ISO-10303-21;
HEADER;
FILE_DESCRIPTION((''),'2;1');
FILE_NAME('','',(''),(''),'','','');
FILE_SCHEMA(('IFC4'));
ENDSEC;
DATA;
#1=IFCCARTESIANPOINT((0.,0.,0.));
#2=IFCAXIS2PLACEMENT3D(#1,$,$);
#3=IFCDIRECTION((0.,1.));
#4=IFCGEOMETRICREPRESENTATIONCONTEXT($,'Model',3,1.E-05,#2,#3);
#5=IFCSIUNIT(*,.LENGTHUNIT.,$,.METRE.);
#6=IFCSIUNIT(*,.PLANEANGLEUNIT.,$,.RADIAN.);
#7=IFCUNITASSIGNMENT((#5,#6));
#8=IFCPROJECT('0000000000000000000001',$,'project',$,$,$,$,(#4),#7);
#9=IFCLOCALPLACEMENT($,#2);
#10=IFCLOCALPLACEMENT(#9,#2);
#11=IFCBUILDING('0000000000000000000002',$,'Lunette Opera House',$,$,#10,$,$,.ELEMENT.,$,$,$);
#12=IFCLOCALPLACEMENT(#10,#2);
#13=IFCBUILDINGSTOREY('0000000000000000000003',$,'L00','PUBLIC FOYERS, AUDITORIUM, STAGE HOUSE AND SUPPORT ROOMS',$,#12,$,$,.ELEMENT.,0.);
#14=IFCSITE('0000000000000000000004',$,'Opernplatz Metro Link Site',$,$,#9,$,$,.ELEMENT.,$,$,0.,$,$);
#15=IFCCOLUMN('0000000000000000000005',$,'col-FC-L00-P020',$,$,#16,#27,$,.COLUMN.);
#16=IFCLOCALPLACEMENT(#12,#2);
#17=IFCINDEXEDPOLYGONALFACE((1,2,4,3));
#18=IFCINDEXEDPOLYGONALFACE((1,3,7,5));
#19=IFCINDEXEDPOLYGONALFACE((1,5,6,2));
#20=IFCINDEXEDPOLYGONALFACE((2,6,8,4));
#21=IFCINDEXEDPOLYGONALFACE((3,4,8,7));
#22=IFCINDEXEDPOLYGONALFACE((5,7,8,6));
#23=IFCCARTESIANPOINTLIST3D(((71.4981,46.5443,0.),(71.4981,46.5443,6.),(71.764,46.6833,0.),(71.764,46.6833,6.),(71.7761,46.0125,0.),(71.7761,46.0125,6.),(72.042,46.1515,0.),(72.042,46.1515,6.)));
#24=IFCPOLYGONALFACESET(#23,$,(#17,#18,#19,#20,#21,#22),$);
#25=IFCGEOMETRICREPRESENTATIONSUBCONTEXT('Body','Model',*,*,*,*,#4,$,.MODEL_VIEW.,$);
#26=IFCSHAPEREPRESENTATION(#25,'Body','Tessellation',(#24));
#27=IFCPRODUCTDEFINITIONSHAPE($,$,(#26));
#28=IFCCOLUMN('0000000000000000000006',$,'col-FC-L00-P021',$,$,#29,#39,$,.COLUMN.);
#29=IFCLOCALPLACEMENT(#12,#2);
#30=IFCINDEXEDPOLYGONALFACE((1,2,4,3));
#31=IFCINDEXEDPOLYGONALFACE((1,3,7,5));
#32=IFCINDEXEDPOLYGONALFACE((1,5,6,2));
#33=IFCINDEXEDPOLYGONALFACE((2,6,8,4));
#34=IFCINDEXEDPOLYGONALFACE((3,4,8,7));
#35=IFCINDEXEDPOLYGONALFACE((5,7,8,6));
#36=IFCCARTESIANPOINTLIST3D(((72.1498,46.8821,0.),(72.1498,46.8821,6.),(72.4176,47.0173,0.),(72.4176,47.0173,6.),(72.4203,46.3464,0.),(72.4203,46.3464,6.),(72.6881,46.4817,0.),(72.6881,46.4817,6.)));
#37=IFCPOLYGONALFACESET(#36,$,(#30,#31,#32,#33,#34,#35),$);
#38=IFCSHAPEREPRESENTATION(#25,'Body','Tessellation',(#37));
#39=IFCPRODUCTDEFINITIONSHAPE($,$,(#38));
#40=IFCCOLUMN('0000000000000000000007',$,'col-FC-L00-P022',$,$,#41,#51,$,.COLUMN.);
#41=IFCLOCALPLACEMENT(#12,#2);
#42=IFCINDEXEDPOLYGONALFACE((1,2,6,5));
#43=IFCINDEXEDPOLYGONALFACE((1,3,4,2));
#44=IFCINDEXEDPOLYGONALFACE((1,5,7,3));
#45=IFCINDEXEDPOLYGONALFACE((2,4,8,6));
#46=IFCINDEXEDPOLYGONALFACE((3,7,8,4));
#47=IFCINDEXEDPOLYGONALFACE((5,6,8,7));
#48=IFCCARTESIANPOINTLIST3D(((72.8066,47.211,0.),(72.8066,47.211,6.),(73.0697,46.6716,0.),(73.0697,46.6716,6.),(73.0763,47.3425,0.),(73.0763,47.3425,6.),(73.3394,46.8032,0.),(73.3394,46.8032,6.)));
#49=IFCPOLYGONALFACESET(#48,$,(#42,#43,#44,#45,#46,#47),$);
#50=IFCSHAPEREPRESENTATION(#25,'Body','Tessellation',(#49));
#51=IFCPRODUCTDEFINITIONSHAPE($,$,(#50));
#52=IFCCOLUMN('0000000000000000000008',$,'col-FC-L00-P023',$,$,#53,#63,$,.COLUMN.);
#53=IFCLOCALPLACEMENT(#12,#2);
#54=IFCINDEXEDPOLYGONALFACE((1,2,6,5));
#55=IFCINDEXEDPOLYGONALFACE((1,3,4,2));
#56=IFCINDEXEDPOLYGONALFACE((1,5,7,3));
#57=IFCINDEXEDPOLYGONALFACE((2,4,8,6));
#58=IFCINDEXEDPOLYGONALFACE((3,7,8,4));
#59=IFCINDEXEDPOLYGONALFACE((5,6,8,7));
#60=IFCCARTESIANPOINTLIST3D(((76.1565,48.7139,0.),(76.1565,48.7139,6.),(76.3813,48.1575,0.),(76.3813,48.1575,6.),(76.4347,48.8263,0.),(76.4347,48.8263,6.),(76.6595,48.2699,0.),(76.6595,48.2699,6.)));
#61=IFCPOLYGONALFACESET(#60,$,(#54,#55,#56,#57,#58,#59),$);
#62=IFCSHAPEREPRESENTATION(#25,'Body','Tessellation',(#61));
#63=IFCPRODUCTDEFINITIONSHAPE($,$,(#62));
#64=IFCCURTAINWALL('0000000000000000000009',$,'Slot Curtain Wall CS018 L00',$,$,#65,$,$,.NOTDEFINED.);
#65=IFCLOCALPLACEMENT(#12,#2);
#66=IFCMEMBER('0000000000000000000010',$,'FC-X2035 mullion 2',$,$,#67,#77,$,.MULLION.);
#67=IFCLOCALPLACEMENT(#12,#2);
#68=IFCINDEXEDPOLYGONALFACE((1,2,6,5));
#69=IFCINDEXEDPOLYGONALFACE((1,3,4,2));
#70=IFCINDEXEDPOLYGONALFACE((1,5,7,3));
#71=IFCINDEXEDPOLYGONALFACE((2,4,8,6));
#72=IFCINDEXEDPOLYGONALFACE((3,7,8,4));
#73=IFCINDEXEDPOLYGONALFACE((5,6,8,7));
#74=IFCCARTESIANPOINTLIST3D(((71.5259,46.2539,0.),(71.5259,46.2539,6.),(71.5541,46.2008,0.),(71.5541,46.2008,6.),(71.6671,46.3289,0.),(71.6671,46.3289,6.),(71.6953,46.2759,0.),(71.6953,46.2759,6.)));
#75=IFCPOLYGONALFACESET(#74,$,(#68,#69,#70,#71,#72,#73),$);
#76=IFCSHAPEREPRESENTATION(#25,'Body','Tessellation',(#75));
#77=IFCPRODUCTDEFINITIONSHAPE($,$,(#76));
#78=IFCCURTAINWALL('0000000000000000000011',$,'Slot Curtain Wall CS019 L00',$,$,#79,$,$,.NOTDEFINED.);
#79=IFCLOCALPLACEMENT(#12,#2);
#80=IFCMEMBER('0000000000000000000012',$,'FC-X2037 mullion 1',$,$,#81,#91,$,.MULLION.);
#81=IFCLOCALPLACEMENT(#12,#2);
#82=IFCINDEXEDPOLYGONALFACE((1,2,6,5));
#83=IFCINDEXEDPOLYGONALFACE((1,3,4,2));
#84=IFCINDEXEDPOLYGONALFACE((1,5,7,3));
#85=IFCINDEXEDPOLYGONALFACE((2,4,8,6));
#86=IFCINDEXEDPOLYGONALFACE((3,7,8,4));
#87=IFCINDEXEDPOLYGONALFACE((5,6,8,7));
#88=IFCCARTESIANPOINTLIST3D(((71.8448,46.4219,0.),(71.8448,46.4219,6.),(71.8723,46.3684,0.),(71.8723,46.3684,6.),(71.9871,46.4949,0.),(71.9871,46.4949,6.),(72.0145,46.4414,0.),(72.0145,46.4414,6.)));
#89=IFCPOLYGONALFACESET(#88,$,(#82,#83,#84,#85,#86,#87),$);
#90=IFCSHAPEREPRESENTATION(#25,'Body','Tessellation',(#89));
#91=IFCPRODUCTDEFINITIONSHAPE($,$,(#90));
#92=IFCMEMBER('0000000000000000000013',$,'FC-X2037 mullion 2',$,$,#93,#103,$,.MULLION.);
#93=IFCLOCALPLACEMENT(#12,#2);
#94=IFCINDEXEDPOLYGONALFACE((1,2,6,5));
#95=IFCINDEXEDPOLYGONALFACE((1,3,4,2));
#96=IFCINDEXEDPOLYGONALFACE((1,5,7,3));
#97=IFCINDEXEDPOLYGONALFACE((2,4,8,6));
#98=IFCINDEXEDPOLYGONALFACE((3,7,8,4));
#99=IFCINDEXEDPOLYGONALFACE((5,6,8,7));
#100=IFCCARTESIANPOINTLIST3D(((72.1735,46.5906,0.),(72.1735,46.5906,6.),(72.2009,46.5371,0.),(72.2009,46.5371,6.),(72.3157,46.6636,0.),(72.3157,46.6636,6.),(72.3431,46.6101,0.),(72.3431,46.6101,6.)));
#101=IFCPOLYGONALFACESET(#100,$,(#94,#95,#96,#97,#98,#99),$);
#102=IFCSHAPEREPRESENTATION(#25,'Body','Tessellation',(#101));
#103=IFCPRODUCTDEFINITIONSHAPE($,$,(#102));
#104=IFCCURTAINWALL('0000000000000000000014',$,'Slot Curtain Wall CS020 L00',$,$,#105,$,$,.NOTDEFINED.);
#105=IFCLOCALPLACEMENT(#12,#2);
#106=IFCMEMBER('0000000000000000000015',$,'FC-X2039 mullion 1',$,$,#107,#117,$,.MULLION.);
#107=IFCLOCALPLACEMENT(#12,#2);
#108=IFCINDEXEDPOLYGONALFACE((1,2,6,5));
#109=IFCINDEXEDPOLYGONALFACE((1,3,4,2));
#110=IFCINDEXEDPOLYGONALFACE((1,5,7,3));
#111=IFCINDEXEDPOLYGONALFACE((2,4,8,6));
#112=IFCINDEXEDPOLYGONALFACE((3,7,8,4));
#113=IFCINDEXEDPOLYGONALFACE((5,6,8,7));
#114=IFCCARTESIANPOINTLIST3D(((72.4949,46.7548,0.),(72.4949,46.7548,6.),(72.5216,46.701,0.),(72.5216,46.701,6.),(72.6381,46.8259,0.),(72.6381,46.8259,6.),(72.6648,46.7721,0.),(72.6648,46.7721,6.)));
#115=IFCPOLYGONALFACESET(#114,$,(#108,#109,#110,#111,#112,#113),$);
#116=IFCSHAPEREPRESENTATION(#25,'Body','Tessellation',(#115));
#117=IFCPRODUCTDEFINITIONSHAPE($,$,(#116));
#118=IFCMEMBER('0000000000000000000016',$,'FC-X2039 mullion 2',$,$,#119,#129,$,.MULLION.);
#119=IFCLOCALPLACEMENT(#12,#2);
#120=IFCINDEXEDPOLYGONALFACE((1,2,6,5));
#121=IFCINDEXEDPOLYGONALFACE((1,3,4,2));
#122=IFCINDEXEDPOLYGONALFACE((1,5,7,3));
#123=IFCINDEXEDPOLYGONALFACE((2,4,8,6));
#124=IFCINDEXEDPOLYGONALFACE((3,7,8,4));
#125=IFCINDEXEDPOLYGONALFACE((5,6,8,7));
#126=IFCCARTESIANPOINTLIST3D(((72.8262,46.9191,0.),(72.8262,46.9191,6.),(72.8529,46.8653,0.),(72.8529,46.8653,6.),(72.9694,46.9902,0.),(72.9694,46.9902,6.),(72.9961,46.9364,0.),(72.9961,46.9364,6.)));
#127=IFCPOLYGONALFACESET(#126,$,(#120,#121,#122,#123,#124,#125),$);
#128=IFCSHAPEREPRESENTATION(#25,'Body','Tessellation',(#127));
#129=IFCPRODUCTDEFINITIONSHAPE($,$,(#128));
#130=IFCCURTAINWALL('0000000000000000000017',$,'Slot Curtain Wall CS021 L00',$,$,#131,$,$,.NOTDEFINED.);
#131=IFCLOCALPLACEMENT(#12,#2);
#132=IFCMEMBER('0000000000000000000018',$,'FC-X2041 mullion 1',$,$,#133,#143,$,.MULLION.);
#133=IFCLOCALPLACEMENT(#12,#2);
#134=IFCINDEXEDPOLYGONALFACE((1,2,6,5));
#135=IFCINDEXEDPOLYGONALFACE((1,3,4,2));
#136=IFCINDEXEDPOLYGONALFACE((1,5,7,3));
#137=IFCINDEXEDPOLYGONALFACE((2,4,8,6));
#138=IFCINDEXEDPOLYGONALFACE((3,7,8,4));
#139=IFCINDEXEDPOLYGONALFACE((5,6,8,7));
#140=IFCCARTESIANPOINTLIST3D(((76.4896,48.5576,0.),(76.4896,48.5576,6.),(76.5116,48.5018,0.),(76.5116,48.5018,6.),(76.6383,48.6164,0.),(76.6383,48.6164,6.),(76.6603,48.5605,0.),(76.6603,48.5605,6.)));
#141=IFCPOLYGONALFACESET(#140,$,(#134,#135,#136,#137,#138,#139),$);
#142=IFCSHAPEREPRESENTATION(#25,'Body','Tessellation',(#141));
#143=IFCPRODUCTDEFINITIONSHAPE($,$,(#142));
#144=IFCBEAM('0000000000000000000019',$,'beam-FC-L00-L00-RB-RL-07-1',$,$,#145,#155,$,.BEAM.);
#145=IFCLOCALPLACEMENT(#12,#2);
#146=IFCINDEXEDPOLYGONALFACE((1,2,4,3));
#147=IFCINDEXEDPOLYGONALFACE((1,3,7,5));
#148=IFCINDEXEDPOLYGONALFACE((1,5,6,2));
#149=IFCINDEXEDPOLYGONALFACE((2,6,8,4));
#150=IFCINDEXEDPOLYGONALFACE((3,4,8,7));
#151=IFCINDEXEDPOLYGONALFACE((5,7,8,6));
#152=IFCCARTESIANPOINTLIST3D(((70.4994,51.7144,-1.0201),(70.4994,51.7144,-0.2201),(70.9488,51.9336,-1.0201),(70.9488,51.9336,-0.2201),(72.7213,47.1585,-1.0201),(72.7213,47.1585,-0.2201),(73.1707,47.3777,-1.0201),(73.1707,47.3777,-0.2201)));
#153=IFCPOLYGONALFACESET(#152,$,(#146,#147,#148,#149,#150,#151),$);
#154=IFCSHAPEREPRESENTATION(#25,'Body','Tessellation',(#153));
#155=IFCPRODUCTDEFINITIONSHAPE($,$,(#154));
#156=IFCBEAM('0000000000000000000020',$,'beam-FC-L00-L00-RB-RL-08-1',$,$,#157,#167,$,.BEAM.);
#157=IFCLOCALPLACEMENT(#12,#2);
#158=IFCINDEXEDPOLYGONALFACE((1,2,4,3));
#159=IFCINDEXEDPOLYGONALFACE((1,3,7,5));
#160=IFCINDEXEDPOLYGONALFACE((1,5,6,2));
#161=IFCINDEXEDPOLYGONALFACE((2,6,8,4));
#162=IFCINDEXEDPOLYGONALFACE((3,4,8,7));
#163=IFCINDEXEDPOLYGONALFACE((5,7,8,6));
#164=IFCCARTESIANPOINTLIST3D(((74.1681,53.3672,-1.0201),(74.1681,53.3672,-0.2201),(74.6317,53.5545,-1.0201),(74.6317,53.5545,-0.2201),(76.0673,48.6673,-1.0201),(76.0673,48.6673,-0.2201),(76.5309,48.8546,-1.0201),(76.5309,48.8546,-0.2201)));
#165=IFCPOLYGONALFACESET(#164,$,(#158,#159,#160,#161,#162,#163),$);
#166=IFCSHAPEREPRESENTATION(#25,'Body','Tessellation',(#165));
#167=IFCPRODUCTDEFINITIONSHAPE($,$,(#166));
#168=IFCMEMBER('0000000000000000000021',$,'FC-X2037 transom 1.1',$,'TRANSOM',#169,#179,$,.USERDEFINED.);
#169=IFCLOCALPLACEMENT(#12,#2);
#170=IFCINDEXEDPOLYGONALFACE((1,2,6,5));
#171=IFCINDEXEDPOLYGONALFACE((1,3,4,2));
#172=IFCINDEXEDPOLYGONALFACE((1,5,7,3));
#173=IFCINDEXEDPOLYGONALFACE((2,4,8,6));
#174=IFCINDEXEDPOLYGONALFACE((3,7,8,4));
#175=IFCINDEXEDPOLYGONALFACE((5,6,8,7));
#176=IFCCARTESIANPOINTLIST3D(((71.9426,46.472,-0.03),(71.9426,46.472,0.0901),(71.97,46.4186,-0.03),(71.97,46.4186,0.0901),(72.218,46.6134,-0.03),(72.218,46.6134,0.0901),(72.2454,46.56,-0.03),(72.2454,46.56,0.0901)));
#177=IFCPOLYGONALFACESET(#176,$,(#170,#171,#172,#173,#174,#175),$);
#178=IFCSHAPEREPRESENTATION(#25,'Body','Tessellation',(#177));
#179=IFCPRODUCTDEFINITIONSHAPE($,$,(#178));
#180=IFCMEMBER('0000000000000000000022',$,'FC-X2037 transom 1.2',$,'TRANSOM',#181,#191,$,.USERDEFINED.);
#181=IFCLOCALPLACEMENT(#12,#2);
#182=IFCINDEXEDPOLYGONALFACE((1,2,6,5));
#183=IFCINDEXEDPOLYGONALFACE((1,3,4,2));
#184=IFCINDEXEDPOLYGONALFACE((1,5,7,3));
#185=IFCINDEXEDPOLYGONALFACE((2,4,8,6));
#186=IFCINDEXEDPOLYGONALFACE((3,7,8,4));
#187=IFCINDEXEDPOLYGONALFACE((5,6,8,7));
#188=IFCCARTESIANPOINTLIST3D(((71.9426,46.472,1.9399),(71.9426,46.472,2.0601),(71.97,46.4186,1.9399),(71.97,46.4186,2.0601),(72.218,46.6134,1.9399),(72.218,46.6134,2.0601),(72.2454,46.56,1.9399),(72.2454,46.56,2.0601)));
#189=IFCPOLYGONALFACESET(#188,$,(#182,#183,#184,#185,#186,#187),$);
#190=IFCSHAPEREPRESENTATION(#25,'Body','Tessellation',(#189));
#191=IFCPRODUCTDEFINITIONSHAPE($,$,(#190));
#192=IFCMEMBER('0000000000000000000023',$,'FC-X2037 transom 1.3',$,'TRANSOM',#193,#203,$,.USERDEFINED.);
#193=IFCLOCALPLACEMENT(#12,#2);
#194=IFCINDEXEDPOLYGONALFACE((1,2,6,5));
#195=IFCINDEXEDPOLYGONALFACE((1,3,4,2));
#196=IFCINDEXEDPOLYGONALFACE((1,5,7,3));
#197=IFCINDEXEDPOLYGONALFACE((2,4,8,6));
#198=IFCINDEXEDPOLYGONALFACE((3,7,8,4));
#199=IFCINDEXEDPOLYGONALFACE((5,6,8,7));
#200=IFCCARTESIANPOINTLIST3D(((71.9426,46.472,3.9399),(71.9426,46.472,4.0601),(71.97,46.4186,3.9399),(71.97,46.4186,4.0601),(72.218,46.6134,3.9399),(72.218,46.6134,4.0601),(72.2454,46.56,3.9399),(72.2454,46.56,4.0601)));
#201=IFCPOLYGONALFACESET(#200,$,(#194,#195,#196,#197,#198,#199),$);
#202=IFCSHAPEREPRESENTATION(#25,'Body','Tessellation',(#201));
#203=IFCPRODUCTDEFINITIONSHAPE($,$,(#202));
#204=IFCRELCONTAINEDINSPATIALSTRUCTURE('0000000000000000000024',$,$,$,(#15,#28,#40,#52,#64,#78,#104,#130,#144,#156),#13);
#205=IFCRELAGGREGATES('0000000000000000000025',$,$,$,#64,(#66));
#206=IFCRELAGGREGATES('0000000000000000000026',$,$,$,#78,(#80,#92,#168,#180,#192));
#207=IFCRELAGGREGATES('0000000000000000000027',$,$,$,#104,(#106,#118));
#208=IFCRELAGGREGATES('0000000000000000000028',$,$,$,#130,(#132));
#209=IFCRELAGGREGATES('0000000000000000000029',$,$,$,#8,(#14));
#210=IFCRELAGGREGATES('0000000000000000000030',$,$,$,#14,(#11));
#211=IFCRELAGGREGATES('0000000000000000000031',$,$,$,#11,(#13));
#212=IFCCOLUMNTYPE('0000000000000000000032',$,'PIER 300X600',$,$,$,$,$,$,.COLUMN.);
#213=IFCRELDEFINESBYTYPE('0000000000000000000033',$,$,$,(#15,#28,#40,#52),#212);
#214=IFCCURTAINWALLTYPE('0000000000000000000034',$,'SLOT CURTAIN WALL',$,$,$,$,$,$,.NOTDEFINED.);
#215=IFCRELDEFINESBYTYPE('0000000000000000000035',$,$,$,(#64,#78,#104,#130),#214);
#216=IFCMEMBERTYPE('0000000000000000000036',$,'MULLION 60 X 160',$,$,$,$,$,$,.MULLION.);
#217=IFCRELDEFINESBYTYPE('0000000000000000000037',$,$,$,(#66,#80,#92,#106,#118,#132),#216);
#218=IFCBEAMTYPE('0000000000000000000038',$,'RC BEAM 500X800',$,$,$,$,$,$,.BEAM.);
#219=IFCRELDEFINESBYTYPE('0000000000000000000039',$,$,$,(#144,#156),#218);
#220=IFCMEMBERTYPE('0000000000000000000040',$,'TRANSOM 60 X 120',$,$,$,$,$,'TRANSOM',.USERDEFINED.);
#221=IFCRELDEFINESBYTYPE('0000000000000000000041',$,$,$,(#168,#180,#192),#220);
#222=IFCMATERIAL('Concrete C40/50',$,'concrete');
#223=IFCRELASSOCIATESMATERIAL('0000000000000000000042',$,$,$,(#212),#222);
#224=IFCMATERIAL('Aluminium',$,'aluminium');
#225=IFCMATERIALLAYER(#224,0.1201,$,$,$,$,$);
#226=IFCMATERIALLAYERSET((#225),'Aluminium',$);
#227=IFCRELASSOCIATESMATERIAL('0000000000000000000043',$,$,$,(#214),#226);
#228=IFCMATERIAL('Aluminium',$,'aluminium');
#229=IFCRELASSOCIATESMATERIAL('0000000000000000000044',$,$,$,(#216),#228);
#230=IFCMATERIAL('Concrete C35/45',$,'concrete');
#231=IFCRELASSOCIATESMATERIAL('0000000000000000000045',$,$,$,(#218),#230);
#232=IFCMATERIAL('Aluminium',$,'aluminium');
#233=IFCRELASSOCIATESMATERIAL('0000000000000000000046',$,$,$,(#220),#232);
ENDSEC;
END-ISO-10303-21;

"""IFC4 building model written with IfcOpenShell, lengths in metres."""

from ifc_helpers import new_model, si_unit, direction, frame, origin, origin_2d, place, context, subcontext, project, spatial, rectangle, extrude, material, layer, layer_set, material_profile, profile_set, type_object, element, aggregate, save


model = new_model("IFC4")

# Units and contexts
model_context = context("Model", 3, precision=1e-05, world=origin(), true_north=direction((0.0, 1.0)))
body_context = subcontext(model_context, "Body", "Model", "MODEL_VIEW")
ifc_project = project(units=[si_unit("LENGTHUNIT", "METRE"), si_unit("PLANEANGLEUNIT", "RADIAN")], contexts=[model_context])

# Site, building, storey
site_placement = place(None, origin())
site = spatial("IfcSite", under=ifc_project, at=site_placement, Name="Opernplatz Metro Link Site", CompositionType="ELEMENT", RefElevation=0.0)
building_placement = place(site_placement, origin())
building = spatial("IfcBuilding", under=site, at=building_placement, Name="Lunette Opera House", CompositionType="ELEMENT")
storey_placement = place(building_placement, origin())
storey = spatial("IfcBuildingStorey", under=building, at=storey_placement, Name="L00", Description="PUBLIC FOYERS, AUDITORIUM, STAGE HOUSE AND SUPPORT ROOMS", CompositionType="ELEMENT", Elevation=0.0)

# Columns
ifc_material_1 = material(Name="Concrete C40/50", Category="concrete")
ifc_material_profile_1 = material_profile(ifc_material_1, rectangle(XDim=0.3, YDim=0.6001, at=origin_2d()), Name="PIER 300X600")
ifc_profile_set_1 = profile_set([ifc_material_profile_1], Name="Concrete C40/50")
column_type = type_object("IfcColumnType", Name="PIER 300X600", PredefinedType="COLUMN", material=ifc_profile_set_1)
for number, where, z_axis, x_axis, name in (
    (1, (71.77, 46.3479, 0.0), (0.0, 0.0, 1.0), (0.886204, 0.463296, 0.0), "col-FC-L00-P020"),
    (2, (72.4189, 46.6819, 0.0), (0.0, 0.0, 1.0), (0.892586, 0.450878, 0.0), "col-FC-L00-P021"),
    (3, (73.073, 47.0071, 0.0), (0.0, 0.0, 1.0), (0.898794, 0.438371, 0.0), "col-FC-L00-P022"),
    (4, (76.408, 48.4919, 0.0), (0.0, 0.0, 1.0), (0.927184, 0.374607, 0.0), "col-FC-L00-P023"),
):
    element("IfcColumn", number, at=place(storey_placement, frame(where, z_axis=z_axis, x_axis=x_axis)), inside=storey, type_object=column_type, Name=name, PredefinedType="COLUMN", context=body_context, shape_type="SweptSolid", body=[
        extrude(rectangle(XDim=0.3, YDim=0.6001, at=origin_2d()), origin(), (0.0, 0.0, 1.0), 6.0),
    ])

# Curtain wall, member
ifc_material_2 = material(Name="Aluminium", Category="aluminium")
ifc_layer_1 = layer(ifc_material_2, 0.1201)
ifc_layer_set_1 = layer_set([ifc_layer_1], Name="Aluminium")
curtain_wall_type = type_object("IfcCurtainWallType", Name="SLOT CURTAIN WALL", PredefinedType="NOTDEFINED", material=ifc_layer_set_1)
curtain_wall_1_placement = place(storey_placement, origin())
curtain_wall_1 = element("IfcCurtainWall", 5, at=curtain_wall_1_placement, inside=storey, type_object=curtain_wall_type, Name="Slot Curtain Wall CS018 L00", PredefinedType="NOTDEFINED")
ifc_material_3 = material(Name="Aluminium", Category="aluminium")
ifc_material_profile_2 = material_profile(ifc_material_3, rectangle(XDim=0.0601, YDim=0.1599, at=origin_2d()), Name="MULLION 60 X 160")
ifc_profile_set_2 = profile_set([ifc_material_profile_2], Name="Aluminium")
member_type_1 = type_object("IfcMemberType", Name="MULLION 60 X 160", PredefinedType="MULLION", material=ifc_profile_set_2)
member_1_placement = place(storey_placement, frame((71.6106, 46.2649, 0.0), z_axis=(0.0, 0.0, 1.0), x_axis=(-0.469382, 0.882995, 0.0)))
member_1 = element("IfcMember", 6, at=member_1_placement, type_object=member_type_1, Name="FC-X2035 mullion 2", PredefinedType="MULLION", context=body_context, shape_type="SweptSolid", body=[
    extrude(rectangle(XDim=0.0601, YDim=0.1599, at=origin_2d()), origin(), (0.0, 0.0, 1.0), 6.0),
])

# Curtain walls, members
curtain_wall_2_placement = place(storey_placement, origin())
curtain_wall_2 = element("IfcCurtainWall", 7, at=curtain_wall_2_placement, inside=storey, type_object=curtain_wall_type, Name="Slot Curtain Wall CS019 L00", PredefinedType="NOTDEFINED")
member_2_placement = place(storey_placement, frame((71.9297, 46.4316, 0.0), z_axis=(0.0, 0.0, 1.0), x_axis=(-0.456506, 0.88972, 0.0)))
member_2 = element("IfcMember", 8, at=member_2_placement, type_object=member_type_1, Name="FC-X2037 mullion 1", PredefinedType="MULLION", context=body_context, shape_type="SweptSolid", body=[
    extrude(rectangle(XDim=0.0601, YDim=0.1599, at=origin_2d()), origin(), (0.0, 0.0, 1.0), 6.0),
])
member_3_placement = place(storey_placement, frame((72.2583, 46.6003, 0.0), z_axis=(0.0, 0.0, 1.0), x_axis=(-0.456506, 0.88972, 0.0)))
member_3 = element("IfcMember", 9, at=member_3_placement, type_object=member_type_1, Name="FC-X2037 mullion 2", PredefinedType="MULLION", context=body_context, shape_type="SweptSolid", body=[
    extrude(rectangle(XDim=0.0601, YDim=0.1599, at=origin_2d()), origin(), (0.0, 0.0, 1.0), 6.0),
])
curtain_wall_3_placement = place(storey_placement, origin())
curtain_wall_3 = element("IfcCurtainWall", 10, at=curtain_wall_3_placement, inside=storey, type_object=curtain_wall_type, Name="Slot Curtain Wall CS020 L00", PredefinedType="NOTDEFINED")
member_4_placement = place(storey_placement, frame((72.5798, 46.7634, 0.0), z_axis=(0.0, 0.0, 1.0), x_axis=(-0.444419, 0.895819, 0.0)))
member_4 = element("IfcMember", 11, at=member_4_placement, type_object=member_type_1, Name="FC-X2039 mullion 1", PredefinedType="MULLION", context=body_context, shape_type="SweptSolid", body=[
    extrude(rectangle(XDim=0.0601, YDim=0.1599, at=origin_2d()), origin(), (0.0, 0.0, 1.0), 6.0),
])
member_5_placement = place(storey_placement, frame((72.9111, 46.9277, 0.0), z_axis=(0.0, 0.0, 1.0), x_axis=(-0.444419, 0.895819, 0.0)))
member_5 = element("IfcMember", 12, at=member_5_placement, type_object=member_type_1, Name="FC-X2039 mullion 2", PredefinedType="MULLION", context=body_context, shape_type="SweptSolid", body=[
    extrude(rectangle(XDim=0.0601, YDim=0.1599, at=origin_2d()), origin(), (0.0, 0.0, 1.0), 6.0),
])

# Curtain wall, member
curtain_wall_4_placement = place(storey_placement, origin())
curtain_wall_4 = element("IfcCurtainWall", 13, at=curtain_wall_4_placement, inside=storey, type_object=curtain_wall_type, Name="Slot Curtain Wall CS021 L00", PredefinedType="NOTDEFINED")
member_6_placement = place(storey_placement, frame((76.575, 48.5591, 0.0), z_axis=(0.0, 0.0, 1.0), x_axis=(-0.367378, 0.930072, 0.0)))
member_6 = element("IfcMember", 14, at=member_6_placement, type_object=member_type_1, Name="FC-X2041 mullion 1", PredefinedType="MULLION", context=body_context, shape_type="SweptSolid", body=[
    extrude(rectangle(XDim=0.0601, YDim=0.1599, at=origin_2d()), origin(), (0.0, 0.0, 1.0), 6.0),
])

# Beams
ifc_material_4 = material(Name="Concrete C35/45", Category="concrete")
ifc_material_profile_3 = material_profile(ifc_material_4, rectangle(XDim=0.5, YDim=0.8, at=origin_2d()), Name="RC BEAM 500X800")
ifc_profile_set_3 = profile_set([ifc_material_profile_3], Name="Concrete C35/45")
beam_type = type_object("IfcBeamType", Name="RC BEAM 500X800", PredefinedType="BEAM", material=ifc_profile_set_3)
beam_1_placement = place(storey_placement, frame((72.946, 47.2681, -0.6201), z_axis=(-0.438349, 0.898805, 0.0), x_axis=(-0.898805, -0.438349, 0.0)))
element("IfcBeam", 15, at=beam_1_placement, inside=storey, type_object=beam_type, Name="beam-FC-L00-L00-RB-RL-07-1", PredefinedType="BEAM", context=body_context, shape_type="SweptSolid", body=[
    extrude(rectangle(XDim=0.5, YDim=0.8, at=origin_2d()), origin(), (0.0, 0.0, 1.0), 5.0688),
])
beam_2_placement = place(storey_placement, frame((76.2991, 48.761, -0.6201), z_axis=(-0.374652, 0.927166, 0.0), x_axis=(-0.927166, -0.374652, 0.0)))
element("IfcBeam", 16, at=beam_2_placement, inside=storey, type_object=beam_type, Name="beam-FC-L00-L00-RB-RL-08-1", PredefinedType="BEAM", context=body_context, shape_type="SweptSolid", body=[
    extrude(rectangle(XDim=0.5, YDim=0.8, at=origin_2d()), origin(), (0.0, 0.0, 1.0), 5.0691),
])

# Members
ifc_material_5 = material(Name="Aluminium", Category="aluminium")
ifc_material_profile_4 = material_profile(ifc_material_5, rectangle(XDim=0.0601, YDim=0.1201, at=origin_2d()), Name="TRANSOM 60 X 120")
ifc_profile_set_4 = profile_set([ifc_material_profile_4], Name="Aluminium")
member_type_2 = type_object("IfcMemberType", Name="TRANSOM 60 X 120", ElementType="TRANSOM", PredefinedType="USERDEFINED", material=ifc_profile_set_4)
member_7_placement = place(storey_placement, frame((71.9563, 46.4453, 0.03), z_axis=(0.889645, 0.456653, 0.0), x_axis=(-0.456653, 0.889645, 0.0)))
member_7 = element("IfcMember", 17, at=member_7_placement, type_object=member_type_2, Name="FC-X2037 transom 1.1", ObjectType="TRANSOM", PredefinedType="USERDEFINED", context=body_context, shape_type="SweptSolid", body=[
    extrude(rectangle(XDim=0.0601, YDim=0.1201, at=origin_2d()), origin(), (0.0, 0.0, 1.0), 0.3096),
])
member_8_placement = place(storey_placement, frame((71.9563, 46.4453, 2.0), z_axis=(0.889645, 0.456653, 0.0), x_axis=(-0.456653, 0.889645, 0.0)))
member_8 = element("IfcMember", 18, at=member_8_placement, type_object=member_type_2, Name="FC-X2037 transom 1.2", ObjectType="TRANSOM", PredefinedType="USERDEFINED", context=body_context, shape_type="SweptSolid", body=[
    extrude(rectangle(XDim=0.0601, YDim=0.1201, at=origin_2d()), origin(), (0.0, 0.0, 1.0), 0.3096),
])
member_9_placement = place(storey_placement, frame((71.9563, 46.4453, 4.0), z_axis=(0.889645, 0.456653, 0.0), x_axis=(-0.456653, 0.889645, 0.0)))
member_9 = element("IfcMember", 19, at=member_9_placement, type_object=member_type_2, Name="FC-X2037 transom 1.3", ObjectType="TRANSOM", PredefinedType="USERDEFINED", context=body_context, shape_type="SweptSolid", body=[
    extrude(rectangle(XDim=0.0601, YDim=0.1201, at=origin_2d()), origin(), (0.0, 0.0, 1.0), 0.3096),
])

aggregate(curtain_wall_1, [member_1])
aggregate(curtain_wall_2, [member_2, member_3, member_7, member_8, member_9])
aggregate(curtain_wall_3, [member_4, member_5])
aggregate(curtain_wall_4, [member_6])

save(model, "model.ifc")
